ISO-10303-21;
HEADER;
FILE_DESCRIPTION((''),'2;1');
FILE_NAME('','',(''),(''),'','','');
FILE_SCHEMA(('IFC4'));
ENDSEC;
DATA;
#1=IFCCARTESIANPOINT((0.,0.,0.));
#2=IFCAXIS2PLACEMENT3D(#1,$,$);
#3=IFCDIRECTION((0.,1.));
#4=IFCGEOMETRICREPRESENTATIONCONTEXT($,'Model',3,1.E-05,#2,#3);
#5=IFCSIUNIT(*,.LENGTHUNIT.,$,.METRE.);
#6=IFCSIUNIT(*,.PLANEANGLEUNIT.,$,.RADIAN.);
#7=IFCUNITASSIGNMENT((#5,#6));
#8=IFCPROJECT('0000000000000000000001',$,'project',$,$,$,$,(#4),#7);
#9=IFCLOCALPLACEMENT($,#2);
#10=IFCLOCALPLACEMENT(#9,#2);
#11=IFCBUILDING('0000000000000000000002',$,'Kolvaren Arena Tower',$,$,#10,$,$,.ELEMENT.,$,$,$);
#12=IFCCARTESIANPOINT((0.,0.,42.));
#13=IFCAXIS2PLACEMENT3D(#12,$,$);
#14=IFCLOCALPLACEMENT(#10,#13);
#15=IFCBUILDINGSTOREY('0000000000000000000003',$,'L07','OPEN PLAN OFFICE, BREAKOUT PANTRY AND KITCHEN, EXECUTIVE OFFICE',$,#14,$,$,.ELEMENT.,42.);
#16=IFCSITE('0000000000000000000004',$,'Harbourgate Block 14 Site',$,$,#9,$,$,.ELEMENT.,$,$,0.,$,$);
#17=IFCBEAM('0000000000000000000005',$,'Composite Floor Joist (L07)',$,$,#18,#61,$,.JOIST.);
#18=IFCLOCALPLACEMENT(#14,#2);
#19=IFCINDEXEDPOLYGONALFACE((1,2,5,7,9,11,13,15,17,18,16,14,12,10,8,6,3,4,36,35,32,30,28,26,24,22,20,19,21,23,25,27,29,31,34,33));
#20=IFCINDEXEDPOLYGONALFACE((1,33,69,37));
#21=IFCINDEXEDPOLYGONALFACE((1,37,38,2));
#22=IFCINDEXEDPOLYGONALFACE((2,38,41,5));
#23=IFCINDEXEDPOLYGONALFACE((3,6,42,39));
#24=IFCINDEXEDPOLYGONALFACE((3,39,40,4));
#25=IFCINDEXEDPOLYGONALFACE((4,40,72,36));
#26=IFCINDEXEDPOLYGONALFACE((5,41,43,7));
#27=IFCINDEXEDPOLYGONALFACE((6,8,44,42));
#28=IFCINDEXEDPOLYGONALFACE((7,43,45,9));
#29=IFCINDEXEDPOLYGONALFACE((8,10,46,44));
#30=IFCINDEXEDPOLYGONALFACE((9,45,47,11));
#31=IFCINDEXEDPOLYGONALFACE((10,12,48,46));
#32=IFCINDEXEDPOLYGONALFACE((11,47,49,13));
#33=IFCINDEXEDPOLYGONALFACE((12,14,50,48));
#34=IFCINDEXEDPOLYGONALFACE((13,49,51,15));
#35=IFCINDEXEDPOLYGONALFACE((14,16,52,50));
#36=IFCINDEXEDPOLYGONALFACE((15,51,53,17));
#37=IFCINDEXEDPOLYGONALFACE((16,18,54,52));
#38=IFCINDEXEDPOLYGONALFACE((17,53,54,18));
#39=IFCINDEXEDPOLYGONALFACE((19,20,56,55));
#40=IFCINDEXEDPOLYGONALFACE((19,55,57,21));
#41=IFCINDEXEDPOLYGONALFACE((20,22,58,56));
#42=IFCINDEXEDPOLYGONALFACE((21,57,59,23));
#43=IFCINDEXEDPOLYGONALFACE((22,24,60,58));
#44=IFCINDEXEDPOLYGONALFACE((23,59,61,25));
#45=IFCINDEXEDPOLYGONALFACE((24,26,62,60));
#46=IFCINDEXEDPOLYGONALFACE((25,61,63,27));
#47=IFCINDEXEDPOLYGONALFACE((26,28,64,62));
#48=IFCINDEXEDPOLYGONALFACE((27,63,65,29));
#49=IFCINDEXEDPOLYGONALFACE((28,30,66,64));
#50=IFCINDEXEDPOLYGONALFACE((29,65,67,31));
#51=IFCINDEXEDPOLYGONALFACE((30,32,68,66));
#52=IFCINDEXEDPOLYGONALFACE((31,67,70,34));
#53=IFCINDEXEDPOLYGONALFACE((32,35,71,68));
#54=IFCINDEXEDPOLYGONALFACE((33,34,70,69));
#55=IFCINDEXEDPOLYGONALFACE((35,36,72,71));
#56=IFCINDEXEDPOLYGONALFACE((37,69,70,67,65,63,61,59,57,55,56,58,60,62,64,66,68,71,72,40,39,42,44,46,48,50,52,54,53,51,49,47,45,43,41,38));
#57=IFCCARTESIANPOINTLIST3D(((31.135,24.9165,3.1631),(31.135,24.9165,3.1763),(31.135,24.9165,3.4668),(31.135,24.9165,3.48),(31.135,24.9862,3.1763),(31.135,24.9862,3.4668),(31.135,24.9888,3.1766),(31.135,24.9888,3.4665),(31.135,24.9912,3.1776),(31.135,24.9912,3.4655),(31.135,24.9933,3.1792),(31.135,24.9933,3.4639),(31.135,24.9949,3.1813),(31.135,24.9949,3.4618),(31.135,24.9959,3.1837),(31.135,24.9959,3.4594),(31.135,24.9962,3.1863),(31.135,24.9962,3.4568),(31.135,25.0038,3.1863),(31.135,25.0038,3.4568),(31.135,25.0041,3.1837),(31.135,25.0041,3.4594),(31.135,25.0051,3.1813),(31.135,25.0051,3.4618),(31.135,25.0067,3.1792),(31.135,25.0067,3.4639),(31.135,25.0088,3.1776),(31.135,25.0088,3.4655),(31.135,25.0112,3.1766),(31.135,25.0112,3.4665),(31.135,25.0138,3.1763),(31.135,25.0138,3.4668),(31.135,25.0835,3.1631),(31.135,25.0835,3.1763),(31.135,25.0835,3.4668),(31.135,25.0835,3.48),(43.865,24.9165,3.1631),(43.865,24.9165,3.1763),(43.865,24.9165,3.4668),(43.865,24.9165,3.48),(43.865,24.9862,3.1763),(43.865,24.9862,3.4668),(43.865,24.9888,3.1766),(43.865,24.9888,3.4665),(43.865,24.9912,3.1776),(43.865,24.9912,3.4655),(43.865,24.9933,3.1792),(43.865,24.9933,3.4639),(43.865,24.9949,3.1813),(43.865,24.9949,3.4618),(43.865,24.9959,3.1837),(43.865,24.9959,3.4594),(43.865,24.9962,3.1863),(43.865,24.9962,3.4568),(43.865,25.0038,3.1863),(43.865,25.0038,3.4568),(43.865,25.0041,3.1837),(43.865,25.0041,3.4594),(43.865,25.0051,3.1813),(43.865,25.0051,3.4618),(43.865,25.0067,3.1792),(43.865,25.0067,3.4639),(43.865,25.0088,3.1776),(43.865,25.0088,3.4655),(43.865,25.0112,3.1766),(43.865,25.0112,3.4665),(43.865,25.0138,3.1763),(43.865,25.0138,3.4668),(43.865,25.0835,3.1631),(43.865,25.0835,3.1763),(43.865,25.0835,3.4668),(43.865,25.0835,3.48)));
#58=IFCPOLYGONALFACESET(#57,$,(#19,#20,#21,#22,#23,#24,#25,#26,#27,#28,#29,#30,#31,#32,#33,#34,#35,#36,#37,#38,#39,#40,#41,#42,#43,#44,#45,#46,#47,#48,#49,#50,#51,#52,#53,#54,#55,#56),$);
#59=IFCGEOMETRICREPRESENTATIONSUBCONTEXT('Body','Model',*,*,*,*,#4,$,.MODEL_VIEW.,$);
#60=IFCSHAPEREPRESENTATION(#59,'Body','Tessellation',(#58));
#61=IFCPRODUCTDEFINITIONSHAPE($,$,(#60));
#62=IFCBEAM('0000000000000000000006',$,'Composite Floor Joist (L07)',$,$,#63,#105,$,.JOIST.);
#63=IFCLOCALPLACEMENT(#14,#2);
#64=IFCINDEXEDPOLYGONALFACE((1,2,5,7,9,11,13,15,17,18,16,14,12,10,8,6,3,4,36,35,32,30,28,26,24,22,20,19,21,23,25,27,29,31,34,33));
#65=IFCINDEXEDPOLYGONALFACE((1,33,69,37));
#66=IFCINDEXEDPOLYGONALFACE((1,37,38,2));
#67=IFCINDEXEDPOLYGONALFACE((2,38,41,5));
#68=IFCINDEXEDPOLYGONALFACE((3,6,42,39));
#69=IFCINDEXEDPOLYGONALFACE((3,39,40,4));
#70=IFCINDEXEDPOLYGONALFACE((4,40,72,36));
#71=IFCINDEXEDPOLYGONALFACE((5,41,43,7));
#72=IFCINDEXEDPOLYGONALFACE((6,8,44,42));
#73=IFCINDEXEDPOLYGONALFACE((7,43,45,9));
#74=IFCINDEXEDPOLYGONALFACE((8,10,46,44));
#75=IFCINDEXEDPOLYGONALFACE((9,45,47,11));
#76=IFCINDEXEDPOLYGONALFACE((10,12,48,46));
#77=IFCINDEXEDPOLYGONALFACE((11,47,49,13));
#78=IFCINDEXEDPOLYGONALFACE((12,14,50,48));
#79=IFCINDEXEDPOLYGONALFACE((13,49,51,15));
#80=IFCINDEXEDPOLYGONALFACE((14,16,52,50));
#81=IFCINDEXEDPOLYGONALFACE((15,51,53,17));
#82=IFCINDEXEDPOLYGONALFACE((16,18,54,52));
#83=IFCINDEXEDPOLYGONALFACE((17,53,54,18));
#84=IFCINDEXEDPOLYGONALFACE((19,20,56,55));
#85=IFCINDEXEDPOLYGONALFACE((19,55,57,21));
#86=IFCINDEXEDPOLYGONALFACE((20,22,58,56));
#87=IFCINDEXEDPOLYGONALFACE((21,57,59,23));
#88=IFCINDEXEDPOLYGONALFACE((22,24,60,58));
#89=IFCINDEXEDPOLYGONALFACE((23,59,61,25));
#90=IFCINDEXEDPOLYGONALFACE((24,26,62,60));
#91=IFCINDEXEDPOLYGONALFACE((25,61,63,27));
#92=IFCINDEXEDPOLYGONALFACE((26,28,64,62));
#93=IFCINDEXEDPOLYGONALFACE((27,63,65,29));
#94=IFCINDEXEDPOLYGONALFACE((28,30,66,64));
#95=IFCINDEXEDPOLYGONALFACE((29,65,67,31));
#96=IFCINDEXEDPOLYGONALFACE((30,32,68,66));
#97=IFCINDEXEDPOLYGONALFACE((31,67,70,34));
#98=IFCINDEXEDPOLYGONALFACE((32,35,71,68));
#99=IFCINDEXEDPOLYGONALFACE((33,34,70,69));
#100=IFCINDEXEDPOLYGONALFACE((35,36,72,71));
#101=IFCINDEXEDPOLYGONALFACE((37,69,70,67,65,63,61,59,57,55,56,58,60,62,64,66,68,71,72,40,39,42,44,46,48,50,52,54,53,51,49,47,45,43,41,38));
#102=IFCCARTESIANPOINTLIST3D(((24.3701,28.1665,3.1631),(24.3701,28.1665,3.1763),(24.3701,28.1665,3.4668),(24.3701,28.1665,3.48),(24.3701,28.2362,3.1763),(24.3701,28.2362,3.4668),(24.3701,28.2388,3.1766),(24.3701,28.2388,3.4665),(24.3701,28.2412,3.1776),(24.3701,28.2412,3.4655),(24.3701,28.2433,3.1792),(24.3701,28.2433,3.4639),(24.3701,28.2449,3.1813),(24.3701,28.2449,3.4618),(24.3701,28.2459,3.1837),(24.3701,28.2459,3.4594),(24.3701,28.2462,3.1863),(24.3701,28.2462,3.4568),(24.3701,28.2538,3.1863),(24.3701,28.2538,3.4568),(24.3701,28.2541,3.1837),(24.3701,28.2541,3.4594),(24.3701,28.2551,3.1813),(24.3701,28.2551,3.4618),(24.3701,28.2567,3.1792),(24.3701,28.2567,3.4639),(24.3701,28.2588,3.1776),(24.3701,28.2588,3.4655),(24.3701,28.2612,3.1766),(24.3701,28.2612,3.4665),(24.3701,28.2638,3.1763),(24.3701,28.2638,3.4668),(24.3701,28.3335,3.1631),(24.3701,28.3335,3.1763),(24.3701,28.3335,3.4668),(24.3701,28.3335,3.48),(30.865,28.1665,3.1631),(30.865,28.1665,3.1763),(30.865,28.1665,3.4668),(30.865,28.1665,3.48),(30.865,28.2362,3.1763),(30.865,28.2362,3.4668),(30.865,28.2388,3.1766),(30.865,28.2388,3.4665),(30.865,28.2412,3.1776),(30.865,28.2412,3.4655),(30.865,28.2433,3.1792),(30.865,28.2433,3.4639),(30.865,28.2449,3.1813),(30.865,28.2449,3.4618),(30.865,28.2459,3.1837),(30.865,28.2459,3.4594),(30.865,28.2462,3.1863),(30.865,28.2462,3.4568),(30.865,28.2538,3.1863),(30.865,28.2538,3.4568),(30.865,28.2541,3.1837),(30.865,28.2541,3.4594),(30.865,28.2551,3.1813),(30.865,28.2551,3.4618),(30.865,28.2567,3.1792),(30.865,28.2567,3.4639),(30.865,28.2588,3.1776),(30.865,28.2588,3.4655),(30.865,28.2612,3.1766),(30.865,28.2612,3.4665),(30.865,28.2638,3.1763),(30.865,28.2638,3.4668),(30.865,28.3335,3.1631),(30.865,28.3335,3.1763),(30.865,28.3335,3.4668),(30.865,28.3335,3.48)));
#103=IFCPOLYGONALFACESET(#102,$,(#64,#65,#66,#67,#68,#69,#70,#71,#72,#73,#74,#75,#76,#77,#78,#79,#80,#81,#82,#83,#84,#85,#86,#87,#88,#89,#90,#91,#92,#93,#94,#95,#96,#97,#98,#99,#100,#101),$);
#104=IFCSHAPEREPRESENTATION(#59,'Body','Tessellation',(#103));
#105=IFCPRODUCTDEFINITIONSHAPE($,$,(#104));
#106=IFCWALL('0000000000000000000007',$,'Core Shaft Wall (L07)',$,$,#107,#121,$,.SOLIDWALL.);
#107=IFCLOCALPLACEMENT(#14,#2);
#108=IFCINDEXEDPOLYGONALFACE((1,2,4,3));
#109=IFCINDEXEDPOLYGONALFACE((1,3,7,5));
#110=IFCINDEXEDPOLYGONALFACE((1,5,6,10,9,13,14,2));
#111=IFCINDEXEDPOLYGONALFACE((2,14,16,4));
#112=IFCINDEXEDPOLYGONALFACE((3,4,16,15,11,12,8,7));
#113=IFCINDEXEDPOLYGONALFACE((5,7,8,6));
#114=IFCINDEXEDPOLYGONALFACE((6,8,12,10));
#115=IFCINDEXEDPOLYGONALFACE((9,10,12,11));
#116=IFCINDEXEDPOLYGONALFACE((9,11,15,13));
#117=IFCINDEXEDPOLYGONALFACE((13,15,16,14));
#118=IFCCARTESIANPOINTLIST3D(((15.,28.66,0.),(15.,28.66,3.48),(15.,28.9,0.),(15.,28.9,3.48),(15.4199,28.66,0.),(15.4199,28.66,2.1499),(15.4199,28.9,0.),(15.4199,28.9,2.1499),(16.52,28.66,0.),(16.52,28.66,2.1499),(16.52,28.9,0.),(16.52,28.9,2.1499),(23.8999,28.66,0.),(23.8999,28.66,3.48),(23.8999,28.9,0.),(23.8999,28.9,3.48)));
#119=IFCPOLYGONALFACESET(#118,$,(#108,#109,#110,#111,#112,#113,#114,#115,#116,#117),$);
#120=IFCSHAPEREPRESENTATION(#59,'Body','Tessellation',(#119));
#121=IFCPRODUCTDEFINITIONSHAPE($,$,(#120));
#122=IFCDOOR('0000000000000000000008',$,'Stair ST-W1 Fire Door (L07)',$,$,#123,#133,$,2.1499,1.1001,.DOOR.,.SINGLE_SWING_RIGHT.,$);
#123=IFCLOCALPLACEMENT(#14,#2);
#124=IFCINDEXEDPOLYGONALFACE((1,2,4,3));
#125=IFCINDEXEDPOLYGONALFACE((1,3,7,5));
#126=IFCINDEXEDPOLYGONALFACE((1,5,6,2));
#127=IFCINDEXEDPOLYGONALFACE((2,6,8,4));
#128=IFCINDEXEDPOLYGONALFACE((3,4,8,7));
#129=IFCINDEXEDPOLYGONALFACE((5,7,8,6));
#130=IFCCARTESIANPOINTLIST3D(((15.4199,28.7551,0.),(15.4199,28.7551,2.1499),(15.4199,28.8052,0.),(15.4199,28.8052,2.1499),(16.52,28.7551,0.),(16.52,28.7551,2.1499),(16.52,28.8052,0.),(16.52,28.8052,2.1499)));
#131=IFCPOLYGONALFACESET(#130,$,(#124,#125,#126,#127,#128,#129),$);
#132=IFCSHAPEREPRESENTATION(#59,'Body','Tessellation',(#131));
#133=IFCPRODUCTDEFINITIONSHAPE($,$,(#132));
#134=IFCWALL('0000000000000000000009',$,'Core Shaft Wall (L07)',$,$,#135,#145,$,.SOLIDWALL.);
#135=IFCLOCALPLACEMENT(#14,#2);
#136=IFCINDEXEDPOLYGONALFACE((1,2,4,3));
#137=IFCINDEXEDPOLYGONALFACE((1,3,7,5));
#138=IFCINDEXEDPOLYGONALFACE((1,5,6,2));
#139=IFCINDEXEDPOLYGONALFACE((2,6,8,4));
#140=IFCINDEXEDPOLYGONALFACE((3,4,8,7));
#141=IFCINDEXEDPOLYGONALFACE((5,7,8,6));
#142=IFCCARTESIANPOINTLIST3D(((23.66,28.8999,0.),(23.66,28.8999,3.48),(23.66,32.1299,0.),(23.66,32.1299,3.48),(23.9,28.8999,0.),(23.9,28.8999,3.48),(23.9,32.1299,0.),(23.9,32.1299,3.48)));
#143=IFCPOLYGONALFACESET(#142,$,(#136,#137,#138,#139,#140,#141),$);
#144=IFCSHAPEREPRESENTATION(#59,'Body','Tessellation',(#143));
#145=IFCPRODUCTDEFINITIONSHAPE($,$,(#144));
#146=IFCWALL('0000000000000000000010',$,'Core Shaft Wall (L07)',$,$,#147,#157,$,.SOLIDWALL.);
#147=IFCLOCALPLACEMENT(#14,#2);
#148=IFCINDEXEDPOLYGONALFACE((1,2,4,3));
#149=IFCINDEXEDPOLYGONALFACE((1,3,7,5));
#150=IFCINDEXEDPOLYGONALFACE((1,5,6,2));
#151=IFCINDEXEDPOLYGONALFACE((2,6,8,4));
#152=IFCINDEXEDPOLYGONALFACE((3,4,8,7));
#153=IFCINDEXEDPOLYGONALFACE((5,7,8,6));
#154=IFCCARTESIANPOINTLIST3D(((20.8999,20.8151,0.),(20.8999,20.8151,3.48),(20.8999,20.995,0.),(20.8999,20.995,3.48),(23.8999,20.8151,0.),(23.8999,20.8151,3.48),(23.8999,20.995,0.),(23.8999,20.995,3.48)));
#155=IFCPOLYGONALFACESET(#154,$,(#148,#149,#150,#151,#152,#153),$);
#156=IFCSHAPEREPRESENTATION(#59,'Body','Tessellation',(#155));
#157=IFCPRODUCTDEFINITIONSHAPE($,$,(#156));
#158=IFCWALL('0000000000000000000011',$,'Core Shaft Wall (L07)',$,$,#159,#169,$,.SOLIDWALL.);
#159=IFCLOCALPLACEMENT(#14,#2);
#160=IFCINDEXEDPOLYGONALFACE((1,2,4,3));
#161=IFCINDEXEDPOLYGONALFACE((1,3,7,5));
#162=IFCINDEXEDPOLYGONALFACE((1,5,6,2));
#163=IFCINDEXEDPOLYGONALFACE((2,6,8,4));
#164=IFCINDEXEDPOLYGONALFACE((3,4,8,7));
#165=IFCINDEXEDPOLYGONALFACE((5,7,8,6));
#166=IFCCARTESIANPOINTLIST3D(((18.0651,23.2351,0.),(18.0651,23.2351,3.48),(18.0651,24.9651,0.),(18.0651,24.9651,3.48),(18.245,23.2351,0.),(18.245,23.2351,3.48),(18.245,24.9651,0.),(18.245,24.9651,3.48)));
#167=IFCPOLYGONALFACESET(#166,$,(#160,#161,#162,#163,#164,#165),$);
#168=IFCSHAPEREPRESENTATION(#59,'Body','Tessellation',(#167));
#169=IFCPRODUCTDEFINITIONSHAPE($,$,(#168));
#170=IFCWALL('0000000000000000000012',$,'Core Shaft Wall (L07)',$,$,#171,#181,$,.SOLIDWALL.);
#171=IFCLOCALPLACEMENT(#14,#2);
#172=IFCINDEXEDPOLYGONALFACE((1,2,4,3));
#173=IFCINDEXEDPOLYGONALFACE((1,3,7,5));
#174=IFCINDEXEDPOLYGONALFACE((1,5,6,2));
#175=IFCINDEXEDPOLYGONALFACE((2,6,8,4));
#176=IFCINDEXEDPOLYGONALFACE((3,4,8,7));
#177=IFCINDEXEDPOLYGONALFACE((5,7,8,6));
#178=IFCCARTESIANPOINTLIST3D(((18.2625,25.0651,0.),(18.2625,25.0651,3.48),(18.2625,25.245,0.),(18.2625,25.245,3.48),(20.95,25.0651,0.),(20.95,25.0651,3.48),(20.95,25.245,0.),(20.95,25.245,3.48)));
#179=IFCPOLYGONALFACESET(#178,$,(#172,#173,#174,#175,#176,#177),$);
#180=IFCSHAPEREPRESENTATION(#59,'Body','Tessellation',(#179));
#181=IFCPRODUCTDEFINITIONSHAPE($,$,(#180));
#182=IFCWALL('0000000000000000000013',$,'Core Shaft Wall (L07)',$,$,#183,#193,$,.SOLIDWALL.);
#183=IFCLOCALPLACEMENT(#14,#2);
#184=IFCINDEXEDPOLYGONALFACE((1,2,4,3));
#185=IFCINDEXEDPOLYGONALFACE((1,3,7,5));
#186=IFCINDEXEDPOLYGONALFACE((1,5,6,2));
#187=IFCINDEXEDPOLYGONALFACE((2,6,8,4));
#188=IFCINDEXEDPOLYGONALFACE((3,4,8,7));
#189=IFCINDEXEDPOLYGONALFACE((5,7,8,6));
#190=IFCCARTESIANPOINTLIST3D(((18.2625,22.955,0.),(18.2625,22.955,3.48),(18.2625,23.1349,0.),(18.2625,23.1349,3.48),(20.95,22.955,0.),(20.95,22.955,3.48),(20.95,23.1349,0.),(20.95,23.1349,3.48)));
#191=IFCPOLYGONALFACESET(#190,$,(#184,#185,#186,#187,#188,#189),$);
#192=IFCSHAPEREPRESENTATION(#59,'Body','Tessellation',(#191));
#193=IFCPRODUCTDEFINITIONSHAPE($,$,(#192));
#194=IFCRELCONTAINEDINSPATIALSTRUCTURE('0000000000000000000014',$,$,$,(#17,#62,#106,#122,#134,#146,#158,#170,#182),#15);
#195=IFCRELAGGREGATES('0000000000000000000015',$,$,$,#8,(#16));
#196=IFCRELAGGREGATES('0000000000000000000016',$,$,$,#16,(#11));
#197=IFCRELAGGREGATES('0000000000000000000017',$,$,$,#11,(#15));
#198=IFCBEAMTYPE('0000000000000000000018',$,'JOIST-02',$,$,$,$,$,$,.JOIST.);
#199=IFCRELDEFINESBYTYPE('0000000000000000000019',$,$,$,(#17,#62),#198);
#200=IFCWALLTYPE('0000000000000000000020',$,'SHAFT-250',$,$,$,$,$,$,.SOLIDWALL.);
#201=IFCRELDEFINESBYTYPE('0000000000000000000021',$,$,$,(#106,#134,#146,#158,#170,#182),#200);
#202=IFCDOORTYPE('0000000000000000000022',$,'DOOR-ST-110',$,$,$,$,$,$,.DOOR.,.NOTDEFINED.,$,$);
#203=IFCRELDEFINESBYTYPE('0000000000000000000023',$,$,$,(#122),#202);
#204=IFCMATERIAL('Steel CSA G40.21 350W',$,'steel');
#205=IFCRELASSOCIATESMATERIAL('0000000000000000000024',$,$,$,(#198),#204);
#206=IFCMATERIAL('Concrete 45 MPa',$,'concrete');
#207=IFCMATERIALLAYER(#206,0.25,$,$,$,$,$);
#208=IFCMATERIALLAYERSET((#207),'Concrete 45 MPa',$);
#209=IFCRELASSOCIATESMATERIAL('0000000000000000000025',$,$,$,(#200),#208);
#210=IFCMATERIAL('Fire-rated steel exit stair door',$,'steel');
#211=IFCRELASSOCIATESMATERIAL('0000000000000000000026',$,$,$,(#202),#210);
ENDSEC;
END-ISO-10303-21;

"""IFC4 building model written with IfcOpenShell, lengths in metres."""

from ifc_helpers import new_model, si_unit, direction, frame, frame_2d, origin, origin_2d, place, context, subcontext, project, spatial, rectangle, i_section, extrude, material, layer, layer_set, material_profile, profile_set, type_object, element, fill, save


model = new_model("IFC4")

# Units and contexts
model_context = context("Model", 3, precision=1e-05, world=origin(), true_north=direction((0.0, 1.0)))
body_context = subcontext(model_context, "Body", "Model", "MODEL_VIEW")
ifc_project = project(units=[si_unit("LENGTHUNIT", "METRE"), si_unit("PLANEANGLEUNIT", "RADIAN")], contexts=[model_context])

# Site, building, storey
site_placement = place(None, origin())
site = spatial("IfcSite", under=ifc_project, at=site_placement, Name="Harbourgate Block 14 Site", CompositionType="ELEMENT", RefElevation=0.0)
building_placement = place(site_placement, origin())
building = spatial("IfcBuilding", under=site, at=building_placement, Name="Kolvaren Arena Tower", CompositionType="ELEMENT")
storey_placement = place(building_placement, frame((0.0, 0.0, 42.0)))
storey = spatial("IfcBuildingStorey", under=building, at=storey_placement, Name="L07", Description="OPEN PLAN OFFICE, BREAKOUT PANTRY AND KITCHEN, EXECUTIVE OFFICE", CompositionType="ELEMENT", Elevation=42.0)

# Beams
ifc_material_1 = material(Name="Steel CSA G40.21 350W", Category="steel")
ifc_material_profile_1 = material_profile(ifc_material_1, i_section(OverallWidth=0.167, OverallDepth=0.3169, WebThickness=0.0076, FlangeThickness=0.0132, FilletRadius=0.01, at=origin_2d()), Name="W310x52")
ifc_profile_set_1 = profile_set([ifc_material_profile_1], Name="Steel CSA G40.21 350W")
beam_type_1 = type_object("IfcBeamType", Name="JOIST-02", PredefinedType="JOIST", material=ifc_profile_set_1)
for number, where, z_axis, x_axis, name in (
    (1, (31.135, 25.0, 3.3215), (1.0, 0.0, 0.0), (0.0, 1.0, 0.0), "Composite Floor Joist (L07)"),
):
    element("IfcBeam", number, at=place(storey_placement, frame(where, z_axis=z_axis, x_axis=x_axis)), inside=storey, type_object=beam_type_1, Name=name, PredefinedType="JOIST", context=body_context, shape_type="SweptSolid", body=[
        extrude(i_section(OverallWidth=0.167, OverallDepth=0.3169, WebThickness=0.0076, FlangeThickness=0.0132, FilletRadius=0.01, at=origin_2d()), origin(), (0.0, 0.0, 1.0), 12.73),
    ])
beam_1_placement = place(storey_placement, frame((24.3701, 28.25, 3.3215), z_axis=(1.0, 0.0, 0.0), x_axis=(0.0, 1.0, 0.0)))
element("IfcBeam", 2, at=beam_1_placement, inside=storey, type_object=beam_type_1, Name="Composite Floor Joist (L07)", PredefinedType="JOIST", context=body_context, shape_type="SweptSolid", body=[
    extrude(i_section(OverallWidth=0.167, OverallDepth=0.3169, WebThickness=0.0076, FlangeThickness=0.0132, FilletRadius=0.01, at=origin_2d()), origin(), (0.0, 0.0, 1.0), 6.4949),
])

# Wall, opening, door
ifc_material_2 = material(Name="Concrete 45 MPa", Category="concrete")
ifc_layer = layer(ifc_material_2, 0.25)
ifc_layer_set = layer_set([ifc_layer], Name="Concrete 45 MPa")
wall_type = type_object("IfcWallType", Name="SHAFT-250", PredefinedType="SOLIDWALL", material=ifc_layer_set)
wall_1_placement = place(storey_placement, frame((23.8999, 28.78, 0.0), z_axis=(0.0, 0.0, 1.0), x_axis=(-1.0, 0.0, 0.0)))
wall_1 = element("IfcWall", 3, at=wall_1_placement, inside=storey, type_object=wall_type, Name="Core Shaft Wall (L07)", PredefinedType="SOLIDWALL", context=body_context, shape_type="SweptSolid", body=[
    extrude(rectangle(XDim=8.8999, YDim=0.24, at=frame_2d((4.45, 0.0))), origin(), (0.0, 0.0, 1.0), 3.48),
])
opening_placement = place(wall_1_placement, frame((7.3799, 0.0, 0.0)))
opening = element("IfcOpeningElement", 4, at=opening_placement, cuts=wall_1, PredefinedType="OPENING", context=body_context, shape_type="SweptSolid", body=[
    extrude(rectangle(XDim=1.1001, YDim=2.1499, at=frame_2d((0.55, 1.075))), frame((0.0, 0.1299, 0.0), z_axis=(0.0, -1.0, 0.0), x_axis=(1.0, 0.0, 0.0)), (0.0, 0.0, 1.0), 0.26),
])
ifc_material_3 = material(Name="Fire-rated steel exit stair door", Category="steel")
door_type = type_object("IfcDoorType", Name="DOOR-ST-110", OperationType="NOTDEFINED", PredefinedType="DOOR", material=ifc_material_3)
door_placement = place(opening_placement, origin())
door = element("IfcDoor", 5, at=door_placement, inside=storey, type_object=door_type, Name="Stair ST-W1 Fire Door (L07)", OperationType="SINGLE_SWING_RIGHT", OverallHeight=2.1499, OverallWidth=1.1001, PredefinedType="DOOR", context=body_context, shape_type="SweptSolid", body=[
    extrude(rectangle(XDim=1.1001, YDim=2.1499, at=frame_2d((0.55, 1.075))), frame((0.0, 0.0249, 0.0), z_axis=(0.0, -1.0, 0.0), x_axis=(1.0, 0.0, 0.0)), (0.0, 0.0, 1.0), 0.05),
])
fill(opening, door)

# Walls
wall_2_placement = place(storey_placement, frame((23.78, 28.8999, 0.0), z_axis=(0.0, 0.0, 1.0), x_axis=(0.0, 1.0, 0.0)))
element("IfcWall", 6, at=wall_2_placement, inside=storey, type_object=wall_type, Name="Core Shaft Wall (L07)", PredefinedType="SOLIDWALL", context=body_context, shape_type="SweptSolid", body=[
    extrude(rectangle(XDim=3.23, YDim=0.24, at=frame_2d((1.615, 0.0))), origin(), (0.0, 0.0, 1.0), 3.48),
])
wall_3_placement = place(storey_placement, frame((20.8999, 20.905, 0.0), z_axis=(0.0, 0.0, 1.0), x_axis=(1.0, 0.0, 0.0)))
element("IfcWall", 7, at=wall_3_placement, inside=storey, type_object=wall_type, Name="Core Shaft Wall (L07)", PredefinedType="SOLIDWALL", context=body_context, shape_type="SweptSolid", body=[
    extrude(rectangle(XDim=3.0, YDim=0.1799, at=frame_2d((1.5, 0.0))), origin(), (0.0, 0.0, 1.0), 3.48),
])
wall_4_placement = place(storey_placement, frame((18.155, 23.2351, 0.0), z_axis=(0.0, 0.0, 1.0), x_axis=(0.0, 1.0, 0.0)))
element("IfcWall", 8, at=wall_4_placement, inside=storey, type_object=wall_type, Name="Core Shaft Wall (L07)", PredefinedType="SOLIDWALL", context=body_context, shape_type="SweptSolid", body=[
    extrude(rectangle(XDim=1.73, YDim=0.1799, at=frame_2d((0.865, 0.0))), origin(), (0.0, 0.0, 1.0), 3.48),
])
for number, where, z_axis, x_axis, name in (
    (9, (18.2625, 25.155, 0.0), (0.0, 0.0, 1.0), (1.0, 0.0, 0.0), "Core Shaft Wall (L07)"),
    (10, (18.2625, 23.0449, 0.0), (0.0, 0.0, 1.0), (1.0, 0.0, 0.0), "Core Shaft Wall (L07)"),
):
    element("IfcWall", number, at=place(storey_placement, frame(where, z_axis=z_axis, x_axis=x_axis)), inside=storey, type_object=wall_type, Name=name, PredefinedType="SOLIDWALL", context=body_context, shape_type="SweptSolid", body=[
        extrude(rectangle(XDim=2.6875, YDim=0.1799, at=frame_2d((1.3438, 0.0))), origin(), (0.0, 0.0, 1.0), 3.48),
    ])

save(model, "model.ifc")
